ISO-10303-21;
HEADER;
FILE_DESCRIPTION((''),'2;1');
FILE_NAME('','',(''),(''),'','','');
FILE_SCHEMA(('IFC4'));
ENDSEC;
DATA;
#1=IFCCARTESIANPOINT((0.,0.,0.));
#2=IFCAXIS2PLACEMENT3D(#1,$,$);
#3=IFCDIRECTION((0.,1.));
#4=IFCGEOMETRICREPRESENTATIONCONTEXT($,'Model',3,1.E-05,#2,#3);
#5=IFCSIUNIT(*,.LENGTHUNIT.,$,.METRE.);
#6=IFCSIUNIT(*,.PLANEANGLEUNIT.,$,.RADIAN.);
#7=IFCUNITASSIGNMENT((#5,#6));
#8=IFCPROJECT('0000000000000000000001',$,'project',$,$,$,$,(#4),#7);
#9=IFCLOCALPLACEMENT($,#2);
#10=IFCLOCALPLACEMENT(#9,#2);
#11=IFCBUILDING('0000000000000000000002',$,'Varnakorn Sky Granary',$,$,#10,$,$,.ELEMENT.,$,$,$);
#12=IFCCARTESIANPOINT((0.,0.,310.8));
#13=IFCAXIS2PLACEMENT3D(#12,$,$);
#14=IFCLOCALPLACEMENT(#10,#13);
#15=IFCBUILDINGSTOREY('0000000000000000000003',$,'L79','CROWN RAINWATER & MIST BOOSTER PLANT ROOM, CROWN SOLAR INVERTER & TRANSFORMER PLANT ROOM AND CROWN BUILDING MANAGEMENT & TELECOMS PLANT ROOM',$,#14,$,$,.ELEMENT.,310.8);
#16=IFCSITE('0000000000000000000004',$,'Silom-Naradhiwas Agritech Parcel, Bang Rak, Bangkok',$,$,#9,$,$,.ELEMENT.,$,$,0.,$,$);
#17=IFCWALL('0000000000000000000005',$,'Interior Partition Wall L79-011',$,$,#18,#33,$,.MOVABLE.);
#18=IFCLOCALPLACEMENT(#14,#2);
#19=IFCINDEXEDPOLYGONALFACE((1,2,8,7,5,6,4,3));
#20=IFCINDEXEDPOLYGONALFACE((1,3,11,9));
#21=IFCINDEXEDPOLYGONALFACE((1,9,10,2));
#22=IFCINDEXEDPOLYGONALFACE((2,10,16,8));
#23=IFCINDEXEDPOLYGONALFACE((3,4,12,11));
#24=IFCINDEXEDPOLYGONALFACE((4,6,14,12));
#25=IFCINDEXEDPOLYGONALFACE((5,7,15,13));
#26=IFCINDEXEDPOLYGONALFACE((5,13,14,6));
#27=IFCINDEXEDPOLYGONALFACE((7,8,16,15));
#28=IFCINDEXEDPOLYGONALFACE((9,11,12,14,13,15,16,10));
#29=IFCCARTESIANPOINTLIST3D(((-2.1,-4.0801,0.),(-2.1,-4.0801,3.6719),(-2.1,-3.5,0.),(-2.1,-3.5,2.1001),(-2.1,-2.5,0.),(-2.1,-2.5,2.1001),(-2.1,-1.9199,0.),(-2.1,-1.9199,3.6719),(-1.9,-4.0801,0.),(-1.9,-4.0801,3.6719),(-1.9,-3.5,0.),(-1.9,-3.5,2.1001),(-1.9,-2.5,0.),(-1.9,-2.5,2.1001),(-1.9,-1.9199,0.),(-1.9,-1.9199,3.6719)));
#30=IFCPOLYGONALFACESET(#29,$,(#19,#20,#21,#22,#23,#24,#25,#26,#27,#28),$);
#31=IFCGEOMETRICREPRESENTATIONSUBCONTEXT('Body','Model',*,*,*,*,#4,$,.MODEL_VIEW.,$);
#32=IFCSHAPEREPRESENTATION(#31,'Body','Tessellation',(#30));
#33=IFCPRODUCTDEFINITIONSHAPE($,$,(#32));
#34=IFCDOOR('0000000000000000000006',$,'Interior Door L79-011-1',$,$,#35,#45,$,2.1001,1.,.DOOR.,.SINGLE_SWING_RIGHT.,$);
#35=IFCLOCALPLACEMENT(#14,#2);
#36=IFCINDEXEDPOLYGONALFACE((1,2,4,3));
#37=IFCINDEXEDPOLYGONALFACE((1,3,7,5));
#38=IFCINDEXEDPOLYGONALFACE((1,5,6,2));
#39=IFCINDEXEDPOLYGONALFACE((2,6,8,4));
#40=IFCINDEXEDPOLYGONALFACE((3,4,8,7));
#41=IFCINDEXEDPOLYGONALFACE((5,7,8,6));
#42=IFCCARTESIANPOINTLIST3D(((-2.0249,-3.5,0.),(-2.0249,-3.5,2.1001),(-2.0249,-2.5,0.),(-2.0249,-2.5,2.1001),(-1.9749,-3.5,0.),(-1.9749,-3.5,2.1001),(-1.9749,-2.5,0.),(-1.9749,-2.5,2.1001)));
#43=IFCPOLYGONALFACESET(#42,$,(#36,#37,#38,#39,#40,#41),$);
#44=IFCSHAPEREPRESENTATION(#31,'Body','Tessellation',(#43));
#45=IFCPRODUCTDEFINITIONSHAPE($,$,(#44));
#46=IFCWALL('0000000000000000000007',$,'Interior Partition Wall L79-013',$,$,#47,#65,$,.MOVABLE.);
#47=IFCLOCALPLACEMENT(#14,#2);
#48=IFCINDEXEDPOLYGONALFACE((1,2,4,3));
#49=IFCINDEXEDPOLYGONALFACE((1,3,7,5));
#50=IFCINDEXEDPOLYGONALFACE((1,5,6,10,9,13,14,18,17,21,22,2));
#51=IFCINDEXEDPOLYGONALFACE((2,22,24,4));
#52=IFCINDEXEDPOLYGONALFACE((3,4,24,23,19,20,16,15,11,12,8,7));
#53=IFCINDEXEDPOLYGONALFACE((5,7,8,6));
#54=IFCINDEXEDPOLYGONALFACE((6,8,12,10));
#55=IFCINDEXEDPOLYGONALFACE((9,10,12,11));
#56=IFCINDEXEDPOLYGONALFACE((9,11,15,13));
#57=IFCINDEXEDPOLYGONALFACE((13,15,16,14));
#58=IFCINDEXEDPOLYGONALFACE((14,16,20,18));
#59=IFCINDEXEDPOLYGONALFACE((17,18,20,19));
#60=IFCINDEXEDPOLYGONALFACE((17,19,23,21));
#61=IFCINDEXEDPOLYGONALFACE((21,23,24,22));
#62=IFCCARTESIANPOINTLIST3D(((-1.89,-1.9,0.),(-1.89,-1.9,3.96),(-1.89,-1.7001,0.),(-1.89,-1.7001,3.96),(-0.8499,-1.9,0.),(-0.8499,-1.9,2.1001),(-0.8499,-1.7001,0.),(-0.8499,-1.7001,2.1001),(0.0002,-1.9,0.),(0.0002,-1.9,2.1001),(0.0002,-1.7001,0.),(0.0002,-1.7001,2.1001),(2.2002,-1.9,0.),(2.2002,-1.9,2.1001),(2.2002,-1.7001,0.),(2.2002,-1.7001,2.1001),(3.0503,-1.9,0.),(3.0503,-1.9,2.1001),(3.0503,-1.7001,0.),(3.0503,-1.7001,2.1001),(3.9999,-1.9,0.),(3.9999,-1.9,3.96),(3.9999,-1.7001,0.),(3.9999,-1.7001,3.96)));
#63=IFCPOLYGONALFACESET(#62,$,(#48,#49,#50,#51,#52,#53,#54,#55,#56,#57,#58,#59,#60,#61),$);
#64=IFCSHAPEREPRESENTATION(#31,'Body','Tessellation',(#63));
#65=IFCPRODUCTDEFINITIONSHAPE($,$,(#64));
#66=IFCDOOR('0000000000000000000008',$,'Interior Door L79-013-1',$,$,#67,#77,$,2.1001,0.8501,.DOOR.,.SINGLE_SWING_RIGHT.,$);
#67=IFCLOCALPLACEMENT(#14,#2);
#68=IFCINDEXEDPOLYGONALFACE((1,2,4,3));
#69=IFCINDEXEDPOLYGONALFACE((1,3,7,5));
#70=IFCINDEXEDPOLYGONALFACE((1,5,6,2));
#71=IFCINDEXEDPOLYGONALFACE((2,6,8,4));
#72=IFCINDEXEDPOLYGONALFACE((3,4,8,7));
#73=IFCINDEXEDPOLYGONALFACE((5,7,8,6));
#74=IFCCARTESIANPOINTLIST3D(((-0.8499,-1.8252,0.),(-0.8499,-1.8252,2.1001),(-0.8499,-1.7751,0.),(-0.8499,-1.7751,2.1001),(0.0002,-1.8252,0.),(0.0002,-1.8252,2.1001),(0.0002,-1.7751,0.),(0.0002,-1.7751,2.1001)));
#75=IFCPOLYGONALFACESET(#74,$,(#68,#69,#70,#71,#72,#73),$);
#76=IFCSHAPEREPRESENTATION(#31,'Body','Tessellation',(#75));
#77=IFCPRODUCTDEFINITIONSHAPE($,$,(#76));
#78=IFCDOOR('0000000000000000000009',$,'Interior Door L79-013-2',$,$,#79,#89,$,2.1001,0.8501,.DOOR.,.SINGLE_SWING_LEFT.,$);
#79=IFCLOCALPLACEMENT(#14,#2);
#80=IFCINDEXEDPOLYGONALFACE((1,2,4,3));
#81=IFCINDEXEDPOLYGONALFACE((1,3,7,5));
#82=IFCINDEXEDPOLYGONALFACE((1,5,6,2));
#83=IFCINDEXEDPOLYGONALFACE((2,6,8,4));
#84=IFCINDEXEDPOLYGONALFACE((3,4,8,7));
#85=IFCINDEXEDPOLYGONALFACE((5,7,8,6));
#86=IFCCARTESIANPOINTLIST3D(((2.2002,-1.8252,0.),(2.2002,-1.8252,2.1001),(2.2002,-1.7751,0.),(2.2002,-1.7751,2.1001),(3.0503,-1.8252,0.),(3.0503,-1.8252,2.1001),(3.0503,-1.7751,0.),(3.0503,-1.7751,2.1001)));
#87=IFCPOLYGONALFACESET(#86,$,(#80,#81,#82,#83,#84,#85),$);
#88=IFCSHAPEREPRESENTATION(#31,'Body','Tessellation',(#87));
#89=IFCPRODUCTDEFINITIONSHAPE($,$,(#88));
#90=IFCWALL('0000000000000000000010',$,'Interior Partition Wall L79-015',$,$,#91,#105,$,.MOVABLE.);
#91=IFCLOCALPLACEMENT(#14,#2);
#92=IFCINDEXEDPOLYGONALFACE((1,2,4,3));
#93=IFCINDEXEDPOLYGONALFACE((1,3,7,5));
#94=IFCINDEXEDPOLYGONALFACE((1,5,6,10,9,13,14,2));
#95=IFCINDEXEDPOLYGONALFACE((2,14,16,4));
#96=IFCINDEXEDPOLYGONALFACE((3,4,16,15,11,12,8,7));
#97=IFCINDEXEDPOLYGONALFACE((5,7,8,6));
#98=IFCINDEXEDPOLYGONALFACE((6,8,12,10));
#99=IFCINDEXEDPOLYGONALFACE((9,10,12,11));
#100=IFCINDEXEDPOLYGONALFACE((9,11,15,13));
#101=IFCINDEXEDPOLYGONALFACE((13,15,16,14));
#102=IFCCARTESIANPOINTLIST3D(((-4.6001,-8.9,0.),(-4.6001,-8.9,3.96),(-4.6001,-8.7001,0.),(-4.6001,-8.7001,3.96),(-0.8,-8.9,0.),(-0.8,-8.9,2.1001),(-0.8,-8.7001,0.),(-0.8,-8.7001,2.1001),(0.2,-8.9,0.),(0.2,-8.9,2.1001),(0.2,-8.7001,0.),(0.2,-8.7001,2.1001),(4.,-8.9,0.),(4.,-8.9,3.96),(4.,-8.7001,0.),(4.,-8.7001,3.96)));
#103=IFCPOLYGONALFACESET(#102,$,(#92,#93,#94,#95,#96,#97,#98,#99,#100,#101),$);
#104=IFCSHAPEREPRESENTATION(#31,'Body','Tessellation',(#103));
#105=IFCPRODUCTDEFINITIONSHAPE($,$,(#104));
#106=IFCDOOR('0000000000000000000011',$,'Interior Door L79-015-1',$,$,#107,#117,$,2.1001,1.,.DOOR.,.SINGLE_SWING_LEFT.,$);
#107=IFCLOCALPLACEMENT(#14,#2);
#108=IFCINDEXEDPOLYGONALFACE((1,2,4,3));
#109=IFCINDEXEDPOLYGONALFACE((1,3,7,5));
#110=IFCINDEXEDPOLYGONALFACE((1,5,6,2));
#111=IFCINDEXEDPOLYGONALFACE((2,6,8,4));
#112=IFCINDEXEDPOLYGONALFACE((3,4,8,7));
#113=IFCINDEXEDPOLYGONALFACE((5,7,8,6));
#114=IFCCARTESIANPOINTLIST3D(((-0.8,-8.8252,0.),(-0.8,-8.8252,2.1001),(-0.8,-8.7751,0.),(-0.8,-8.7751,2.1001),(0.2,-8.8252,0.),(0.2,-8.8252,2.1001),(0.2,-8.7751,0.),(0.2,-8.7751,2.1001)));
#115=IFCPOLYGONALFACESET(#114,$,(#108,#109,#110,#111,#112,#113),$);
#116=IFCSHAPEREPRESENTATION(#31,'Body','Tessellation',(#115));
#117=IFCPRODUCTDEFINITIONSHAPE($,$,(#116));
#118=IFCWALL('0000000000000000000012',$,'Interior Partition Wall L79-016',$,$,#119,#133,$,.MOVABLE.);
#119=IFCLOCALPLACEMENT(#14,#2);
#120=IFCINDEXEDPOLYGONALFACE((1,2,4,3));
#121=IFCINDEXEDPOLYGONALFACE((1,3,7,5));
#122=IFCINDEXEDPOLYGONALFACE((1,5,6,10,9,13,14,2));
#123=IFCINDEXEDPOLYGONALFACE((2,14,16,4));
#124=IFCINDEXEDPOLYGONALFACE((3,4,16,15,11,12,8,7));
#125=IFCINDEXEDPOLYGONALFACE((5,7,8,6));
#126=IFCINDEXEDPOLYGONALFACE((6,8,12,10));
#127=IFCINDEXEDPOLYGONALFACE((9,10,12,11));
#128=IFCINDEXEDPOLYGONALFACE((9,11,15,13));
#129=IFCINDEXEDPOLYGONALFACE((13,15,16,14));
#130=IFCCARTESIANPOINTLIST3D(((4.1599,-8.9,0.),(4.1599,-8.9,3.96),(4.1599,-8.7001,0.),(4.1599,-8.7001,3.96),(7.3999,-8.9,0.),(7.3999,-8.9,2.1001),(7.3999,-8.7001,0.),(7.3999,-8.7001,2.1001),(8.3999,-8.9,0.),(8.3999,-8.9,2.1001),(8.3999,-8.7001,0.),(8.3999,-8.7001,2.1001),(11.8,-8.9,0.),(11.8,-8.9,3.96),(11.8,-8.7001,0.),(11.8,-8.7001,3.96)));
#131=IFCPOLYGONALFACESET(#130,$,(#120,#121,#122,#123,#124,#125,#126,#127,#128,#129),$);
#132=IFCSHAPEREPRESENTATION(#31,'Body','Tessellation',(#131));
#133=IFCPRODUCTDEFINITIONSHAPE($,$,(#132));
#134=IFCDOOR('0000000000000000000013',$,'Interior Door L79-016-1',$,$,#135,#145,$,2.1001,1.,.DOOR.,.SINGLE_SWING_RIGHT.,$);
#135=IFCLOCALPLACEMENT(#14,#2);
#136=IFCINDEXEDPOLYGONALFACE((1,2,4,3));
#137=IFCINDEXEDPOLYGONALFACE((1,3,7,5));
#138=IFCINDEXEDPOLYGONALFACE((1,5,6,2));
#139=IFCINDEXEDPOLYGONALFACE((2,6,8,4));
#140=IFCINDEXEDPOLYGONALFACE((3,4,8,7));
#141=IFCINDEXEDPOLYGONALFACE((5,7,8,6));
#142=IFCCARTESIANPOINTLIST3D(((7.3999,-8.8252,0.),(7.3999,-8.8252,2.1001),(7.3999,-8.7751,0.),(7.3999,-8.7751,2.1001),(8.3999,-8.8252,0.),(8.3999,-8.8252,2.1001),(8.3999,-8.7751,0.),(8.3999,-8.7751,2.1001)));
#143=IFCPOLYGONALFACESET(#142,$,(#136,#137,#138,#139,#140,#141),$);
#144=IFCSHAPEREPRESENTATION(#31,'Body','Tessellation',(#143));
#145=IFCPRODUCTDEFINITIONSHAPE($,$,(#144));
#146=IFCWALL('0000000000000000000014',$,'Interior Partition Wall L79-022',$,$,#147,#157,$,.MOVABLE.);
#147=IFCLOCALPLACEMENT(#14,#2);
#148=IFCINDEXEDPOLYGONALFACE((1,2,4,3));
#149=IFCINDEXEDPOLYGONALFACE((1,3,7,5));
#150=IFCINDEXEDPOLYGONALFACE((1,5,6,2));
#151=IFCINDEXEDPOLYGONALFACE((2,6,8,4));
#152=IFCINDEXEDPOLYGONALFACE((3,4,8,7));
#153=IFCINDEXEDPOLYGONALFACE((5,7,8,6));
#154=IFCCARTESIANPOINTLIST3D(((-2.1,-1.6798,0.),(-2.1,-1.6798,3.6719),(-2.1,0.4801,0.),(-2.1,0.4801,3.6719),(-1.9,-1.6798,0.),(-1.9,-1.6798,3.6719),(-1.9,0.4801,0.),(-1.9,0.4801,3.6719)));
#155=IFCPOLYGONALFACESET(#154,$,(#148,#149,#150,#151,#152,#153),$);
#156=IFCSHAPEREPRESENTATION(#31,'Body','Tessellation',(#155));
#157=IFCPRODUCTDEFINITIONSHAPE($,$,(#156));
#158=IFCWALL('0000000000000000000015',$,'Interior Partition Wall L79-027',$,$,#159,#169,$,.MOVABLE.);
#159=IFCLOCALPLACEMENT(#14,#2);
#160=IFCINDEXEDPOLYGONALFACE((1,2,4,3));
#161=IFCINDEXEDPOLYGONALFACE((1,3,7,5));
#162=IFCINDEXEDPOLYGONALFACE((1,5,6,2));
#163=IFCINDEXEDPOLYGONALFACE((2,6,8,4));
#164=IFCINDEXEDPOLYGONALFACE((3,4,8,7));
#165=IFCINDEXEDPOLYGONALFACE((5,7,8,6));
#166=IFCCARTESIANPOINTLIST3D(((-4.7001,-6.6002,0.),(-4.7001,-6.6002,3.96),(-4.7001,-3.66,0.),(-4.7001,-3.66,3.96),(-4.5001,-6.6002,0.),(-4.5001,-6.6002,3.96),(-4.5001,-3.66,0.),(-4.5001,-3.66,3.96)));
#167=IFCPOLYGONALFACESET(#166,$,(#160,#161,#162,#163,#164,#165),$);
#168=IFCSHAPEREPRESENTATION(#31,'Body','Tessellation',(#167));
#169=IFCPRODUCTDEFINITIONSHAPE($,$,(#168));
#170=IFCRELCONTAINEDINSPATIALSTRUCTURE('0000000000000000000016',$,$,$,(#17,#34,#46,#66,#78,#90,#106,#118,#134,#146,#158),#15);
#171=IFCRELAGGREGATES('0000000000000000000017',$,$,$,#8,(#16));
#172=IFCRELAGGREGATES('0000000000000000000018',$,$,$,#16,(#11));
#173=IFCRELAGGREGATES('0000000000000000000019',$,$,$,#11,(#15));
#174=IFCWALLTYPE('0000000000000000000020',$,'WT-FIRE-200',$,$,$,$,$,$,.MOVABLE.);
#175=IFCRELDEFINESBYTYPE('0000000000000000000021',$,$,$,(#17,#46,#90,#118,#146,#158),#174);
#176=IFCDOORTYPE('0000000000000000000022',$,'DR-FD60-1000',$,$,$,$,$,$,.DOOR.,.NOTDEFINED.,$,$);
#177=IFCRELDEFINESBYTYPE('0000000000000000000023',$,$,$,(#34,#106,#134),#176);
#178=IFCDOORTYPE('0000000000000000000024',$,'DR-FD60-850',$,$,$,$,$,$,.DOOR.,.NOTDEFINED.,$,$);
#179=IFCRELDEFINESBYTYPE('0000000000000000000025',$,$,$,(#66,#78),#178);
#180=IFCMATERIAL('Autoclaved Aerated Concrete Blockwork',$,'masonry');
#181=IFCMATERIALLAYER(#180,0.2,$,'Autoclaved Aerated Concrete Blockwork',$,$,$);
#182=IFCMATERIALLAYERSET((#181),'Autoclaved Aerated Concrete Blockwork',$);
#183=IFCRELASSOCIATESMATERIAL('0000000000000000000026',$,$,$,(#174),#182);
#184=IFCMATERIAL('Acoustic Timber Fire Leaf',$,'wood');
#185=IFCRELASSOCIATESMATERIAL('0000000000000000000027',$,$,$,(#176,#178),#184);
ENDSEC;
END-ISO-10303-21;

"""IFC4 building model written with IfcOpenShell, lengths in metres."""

from ifc_helpers import new_model, si_unit, direction, frame, frame_2d, origin, place, context, subcontext, project, spatial, rectangle, extrude, material, layer, layer_set, type_object, element, fill, save


model = new_model("IFC4")

# Units and contexts
model_context = context("Model", 3, precision=1e-05, world=origin(), true_north=direction((0.0, 1.0)))
body_context = subcontext(model_context, "Body", "Model", "MODEL_VIEW")
ifc_project = project(units=[si_unit("LENGTHUNIT", "METRE"), si_unit("PLANEANGLEUNIT", "RADIAN")], contexts=[model_context])

# Site, building, storey
site_placement = place(None, origin())
site = spatial("IfcSite", under=ifc_project, at=site_placement, Name="Silom-Naradhiwas Agritech Parcel, Bang Rak, Bangkok", CompositionType="ELEMENT", RefElevation=0.0)
building_placement = place(site_placement, origin())
building = spatial("IfcBuilding", under=site, at=building_placement, Name="Varnakorn Sky Granary", CompositionType="ELEMENT")
storey_placement = place(building_placement, frame((0.0, 0.0, 310.8)))
storey = spatial("IfcBuildingStorey", under=building, at=storey_placement, Name="L79", Description="CROWN RAINWATER & MIST BOOSTER PLANT ROOM, CROWN SOLAR INVERTER & TRANSFORMER PLANT ROOM AND CROWN BUILDING MANAGEMENT & TELECOMS PLANT ROOM", CompositionType="ELEMENT", Elevation=310.8)

# Wall, opening, door
ifc_material_1 = material(Name="Autoclaved Aerated Concrete Blockwork", Category="masonry")
ifc_layer_1 = layer(ifc_material_1, 0.2, Name="Autoclaved Aerated Concrete Blockwork")
ifc_layer_set_1 = layer_set([ifc_layer_1], Name="Autoclaved Aerated Concrete Blockwork")
wall_type_1 = type_object("IfcWallType", Name="WT-FIRE-200", PredefinedType="MOVABLE", material=ifc_layer_set_1)
wall_1_placement = place(storey_placement, frame((-2.0, -4.0801, 0.0), z_axis=(0.0, 0.0, 1.0), x_axis=(0.0, 1.0, 0.0)))
wall_1 = element("IfcWall", 1, at=wall_1_placement, inside=storey, type_object=wall_type_1, Name="Interior Partition Wall L79-011", PredefinedType="MOVABLE", context=body_context, shape_type="SweptSolid", body=[
    extrude(rectangle(XDim=2.1602, YDim=0.2, at=frame_2d((1.0801, 0.0))), origin(), (0.0, 0.0, 1.0), 3.6719),
])
opening_1_placement = place(wall_1_placement, frame((0.5801, 0.0, 0.0)))
opening_1 = element("IfcOpeningElement", 2, at=opening_1_placement, cuts=wall_1, PredefinedType="OPENING", context=body_context, shape_type="SweptSolid", body=[
    extrude(rectangle(XDim=1.0, YDim=2.1001, at=frame_2d((0.5, 1.05))), frame((0.0, 0.1099, 0.0), z_axis=(0.0, -1.0, 0.0), x_axis=(1.0, 0.0, 0.0)), (0.0, 0.0, 1.0), 0.22),
])
ifc_material_2 = material(Name="Acoustic Timber Fire Leaf", Category="wood")
door_type_1 = type_object("IfcDoorType", Name="DR-FD60-1000", OperationType="NOTDEFINED", PredefinedType="DOOR", material=ifc_material_2)
door_1_placement = place(opening_1_placement, origin())
door_1 = element("IfcDoor", 3, at=door_1_placement, inside=storey, type_object=door_type_1, Name="Interior Door L79-011-1", OperationType="SINGLE_SWING_RIGHT", OverallHeight=2.1001, OverallWidth=1.0, PredefinedType="DOOR", context=body_context, shape_type="SweptSolid", body=[
    extrude(rectangle(XDim=1.0, YDim=2.1001, at=frame_2d((0.5, 1.05))), frame((0.0, 0.0249, 0.0), z_axis=(0.0, -1.0, 0.0), x_axis=(1.0, 0.0, 0.0)), (0.0, 0.0, 1.0), 0.05),
])
fill(opening_1, door_1)

# Wall, openings, doors
wall_2_placement = place(storey_placement, frame((-1.8899, -1.8, 0.0), z_axis=(0.0, 0.0, 1.0), x_axis=(1.0, 0.0, 0.0)))
wall_2 = element("IfcWall", 4, at=wall_2_placement, inside=storey, type_object=wall_type_1, Name="Interior Partition Wall L79-013", PredefinedType="MOVABLE", context=body_context, shape_type="SweptSolid", body=[
    extrude(rectangle(XDim=5.8899, YDim=0.2, at=frame_2d((2.9448, 0.0))), origin(), (0.0, 0.0, 1.0), 3.96),
])
opening_2_placement = place(wall_2_placement, frame((1.04, 0.0, 0.0)))
opening_2 = element("IfcOpeningElement", 5, at=opening_2_placement, cuts=wall_2, PredefinedType="OPENING", context=body_context, shape_type="SweptSolid", body=[
    extrude(rectangle(XDim=0.8501, YDim=2.1001, at=frame_2d((0.425, 1.05))), frame((0.0, 0.1099, 0.0), z_axis=(0.0, -1.0, 0.0), x_axis=(1.0, 0.0, 0.0)), (0.0, 0.0, 1.0), 0.22),
])
opening_3_placement = place(wall_2_placement, frame((4.0901, 0.0, 0.0)))
opening_3 = element("IfcOpeningElement", 6, at=opening_3_placement, cuts=wall_2, PredefinedType="OPENING", context=body_context, shape_type="SweptSolid", body=[
    extrude(rectangle(XDim=0.8501, YDim=2.1001, at=frame_2d((0.425, 1.05))), frame((0.0, 0.1099, 0.0), z_axis=(0.0, -1.0, 0.0), x_axis=(1.0, 0.0, 0.0)), (0.0, 0.0, 1.0), 0.22),
])
door_type_2 = type_object("IfcDoorType", Name="DR-FD60-850", OperationType="NOTDEFINED", PredefinedType="DOOR", material=ifc_material_2)
door_2_placement = place(opening_2_placement, origin())
door_2 = element("IfcDoor", 7, at=door_2_placement, inside=storey, type_object=door_type_2, Name="Interior Door L79-013-1", OperationType="SINGLE_SWING_RIGHT", OverallHeight=2.1001, OverallWidth=0.8501, PredefinedType="DOOR", context=body_context, shape_type="SweptSolid", body=[
    extrude(rectangle(XDim=0.8501, YDim=2.1001, at=frame_2d((0.425, 1.05))), frame((0.0, 0.0249, 0.0), z_axis=(0.0, -1.0, 0.0), x_axis=(1.0, 0.0, 0.0)), (0.0, 0.0, 1.0), 0.05),
])
fill(opening_2, door_2)
door_3_placement = place(opening_3_placement, origin())
door_3 = element("IfcDoor", 8, at=door_3_placement, inside=storey, type_object=door_type_2, Name="Interior Door L79-013-2", OperationType="SINGLE_SWING_LEFT", OverallHeight=2.1001, OverallWidth=0.8501, PredefinedType="DOOR", context=body_context, shape_type="SweptSolid", body=[
    extrude(rectangle(XDim=0.8501, YDim=2.1001, at=frame_2d((0.425, 1.05))), frame((0.0, 0.0249, 0.0), z_axis=(0.0, -1.0, 0.0), x_axis=(1.0, 0.0, 0.0)), (0.0, 0.0, 1.0), 0.05),
])
fill(opening_3, door_3)

# Walls, openings, doors
wall_3_placement = place(storey_placement, frame((-4.6001, -8.8, 0.0), z_axis=(0.0, 0.0, 1.0), x_axis=(1.0, 0.0, 0.0)))
wall_3 = element("IfcWall", 9, at=wall_3_placement, inside=storey, type_object=wall_type_1, Name="Interior Partition Wall L79-015", PredefinedType="MOVABLE", context=body_context, shape_type="SweptSolid", body=[
    extrude(rectangle(XDim=8.6001, YDim=0.2, at=frame_2d((4.3, 0.0))), origin(), (0.0, 0.0, 1.0), 3.96),
])
opening_4_placement = place(wall_3_placement, frame((3.8, 0.0, 0.0)))
opening_4 = element("IfcOpeningElement", 10, at=opening_4_placement, cuts=wall_3, PredefinedType="OPENING", context=body_context, shape_type="SweptSolid", body=[
    extrude(rectangle(XDim=1.0, YDim=2.1001, at=frame_2d((0.5, 1.05))), frame((0.0, 0.1099, 0.0), z_axis=(0.0, -1.0, 0.0), x_axis=(1.0, 0.0, 0.0)), (0.0, 0.0, 1.0), 0.22),
])
door_4_placement = place(opening_4_placement, origin())
door_4 = element("IfcDoor", 11, at=door_4_placement, inside=storey, type_object=door_type_1, Name="Interior Door L79-015-1", OperationType="SINGLE_SWING_LEFT", OverallHeight=2.1001, OverallWidth=1.0, PredefinedType="DOOR", context=body_context, shape_type="SweptSolid", body=[
    extrude(rectangle(XDim=1.0, YDim=2.1001, at=frame_2d((0.5, 1.05))), frame((0.0, 0.0249, 0.0), z_axis=(0.0, -1.0, 0.0), x_axis=(1.0, 0.0, 0.0)), (0.0, 0.0, 1.0), 0.05),
])
fill(opening_4, door_4)
wall_4_placement = place(storey_placement, frame((4.1599, -8.8, 0.0), z_axis=(0.0, 0.0, 1.0), x_axis=(1.0, 0.0, 0.0)))
wall_4 = element("IfcWall", 12, at=wall_4_placement, inside=storey, type_object=wall_type_1, Name="Interior Partition Wall L79-016", PredefinedType="MOVABLE", context=body_context, shape_type="SweptSolid", body=[
    extrude(rectangle(XDim=7.6401, YDim=0.2, at=frame_2d((3.8201, 0.0))), origin(), (0.0, 0.0, 1.0), 3.96),
])
opening_5_placement = place(wall_4_placement, frame((3.24, 0.0, 0.0)))
opening_5 = element("IfcOpeningElement", 13, at=opening_5_placement, cuts=wall_4, PredefinedType="OPENING", context=body_context, shape_type="SweptSolid", body=[
    extrude(rectangle(XDim=1.0, YDim=2.1001, at=frame_2d((0.5, 1.05))), frame((0.0, 0.1099, 0.0), z_axis=(0.0, -1.0, 0.0), x_axis=(1.0, 0.0, 0.0)), (0.0, 0.0, 1.0), 0.22),
])
door_5_placement = place(opening_5_placement, origin())
door_5 = element("IfcDoor", 14, at=door_5_placement, inside=storey, type_object=door_type_1, Name="Interior Door L79-016-1", OperationType="SINGLE_SWING_RIGHT", OverallHeight=2.1001, OverallWidth=1.0, PredefinedType="DOOR", context=body_context, shape_type="SweptSolid", body=[
    extrude(rectangle(XDim=1.0, YDim=2.1001, at=frame_2d((0.5, 1.05))), frame((0.0, 0.0249, 0.0), z_axis=(0.0, -1.0, 0.0), x_axis=(1.0, 0.0, 0.0)), (0.0, 0.0, 1.0), 0.05),
])
fill(opening_5, door_5)

# Walls
wall_5_placement = place(storey_placement, frame((-2.0, -1.6799, 0.0), z_axis=(0.0, 0.0, 1.0), x_axis=(0.0, 1.0, 0.0)))
element("IfcWall", 15, at=wall_5_placement, inside=storey, type_object=wall_type_1, Name="Interior Partition Wall L79-022", PredefinedType="MOVABLE", context=body_context, shape_type="SweptSolid", body=[
    extrude(rectangle(XDim=2.1599, YDim=0.2, at=frame_2d((1.0801, 0.0))), origin(), (0.0, 0.0, 1.0), 3.6719),
])
wall_6_placement = place(storey_placement, frame((-4.6001, -3.6599, 0.0), z_axis=(0.0, 0.0, 1.0), x_axis=(0.0, -1.0, 0.0)))
element("IfcWall", 16, at=wall_6_placement, inside=storey, type_object=wall_type_1, Name="Interior Partition Wall L79-027", PredefinedType="MOVABLE", context=body_context, shape_type="SweptSolid", body=[
    extrude(rectangle(XDim=2.9402, YDim=0.2, at=frame_2d((1.4702, 0.0))), origin(), (0.0, 0.0, 1.0), 3.96),
])

save(model, "model.ifc")
